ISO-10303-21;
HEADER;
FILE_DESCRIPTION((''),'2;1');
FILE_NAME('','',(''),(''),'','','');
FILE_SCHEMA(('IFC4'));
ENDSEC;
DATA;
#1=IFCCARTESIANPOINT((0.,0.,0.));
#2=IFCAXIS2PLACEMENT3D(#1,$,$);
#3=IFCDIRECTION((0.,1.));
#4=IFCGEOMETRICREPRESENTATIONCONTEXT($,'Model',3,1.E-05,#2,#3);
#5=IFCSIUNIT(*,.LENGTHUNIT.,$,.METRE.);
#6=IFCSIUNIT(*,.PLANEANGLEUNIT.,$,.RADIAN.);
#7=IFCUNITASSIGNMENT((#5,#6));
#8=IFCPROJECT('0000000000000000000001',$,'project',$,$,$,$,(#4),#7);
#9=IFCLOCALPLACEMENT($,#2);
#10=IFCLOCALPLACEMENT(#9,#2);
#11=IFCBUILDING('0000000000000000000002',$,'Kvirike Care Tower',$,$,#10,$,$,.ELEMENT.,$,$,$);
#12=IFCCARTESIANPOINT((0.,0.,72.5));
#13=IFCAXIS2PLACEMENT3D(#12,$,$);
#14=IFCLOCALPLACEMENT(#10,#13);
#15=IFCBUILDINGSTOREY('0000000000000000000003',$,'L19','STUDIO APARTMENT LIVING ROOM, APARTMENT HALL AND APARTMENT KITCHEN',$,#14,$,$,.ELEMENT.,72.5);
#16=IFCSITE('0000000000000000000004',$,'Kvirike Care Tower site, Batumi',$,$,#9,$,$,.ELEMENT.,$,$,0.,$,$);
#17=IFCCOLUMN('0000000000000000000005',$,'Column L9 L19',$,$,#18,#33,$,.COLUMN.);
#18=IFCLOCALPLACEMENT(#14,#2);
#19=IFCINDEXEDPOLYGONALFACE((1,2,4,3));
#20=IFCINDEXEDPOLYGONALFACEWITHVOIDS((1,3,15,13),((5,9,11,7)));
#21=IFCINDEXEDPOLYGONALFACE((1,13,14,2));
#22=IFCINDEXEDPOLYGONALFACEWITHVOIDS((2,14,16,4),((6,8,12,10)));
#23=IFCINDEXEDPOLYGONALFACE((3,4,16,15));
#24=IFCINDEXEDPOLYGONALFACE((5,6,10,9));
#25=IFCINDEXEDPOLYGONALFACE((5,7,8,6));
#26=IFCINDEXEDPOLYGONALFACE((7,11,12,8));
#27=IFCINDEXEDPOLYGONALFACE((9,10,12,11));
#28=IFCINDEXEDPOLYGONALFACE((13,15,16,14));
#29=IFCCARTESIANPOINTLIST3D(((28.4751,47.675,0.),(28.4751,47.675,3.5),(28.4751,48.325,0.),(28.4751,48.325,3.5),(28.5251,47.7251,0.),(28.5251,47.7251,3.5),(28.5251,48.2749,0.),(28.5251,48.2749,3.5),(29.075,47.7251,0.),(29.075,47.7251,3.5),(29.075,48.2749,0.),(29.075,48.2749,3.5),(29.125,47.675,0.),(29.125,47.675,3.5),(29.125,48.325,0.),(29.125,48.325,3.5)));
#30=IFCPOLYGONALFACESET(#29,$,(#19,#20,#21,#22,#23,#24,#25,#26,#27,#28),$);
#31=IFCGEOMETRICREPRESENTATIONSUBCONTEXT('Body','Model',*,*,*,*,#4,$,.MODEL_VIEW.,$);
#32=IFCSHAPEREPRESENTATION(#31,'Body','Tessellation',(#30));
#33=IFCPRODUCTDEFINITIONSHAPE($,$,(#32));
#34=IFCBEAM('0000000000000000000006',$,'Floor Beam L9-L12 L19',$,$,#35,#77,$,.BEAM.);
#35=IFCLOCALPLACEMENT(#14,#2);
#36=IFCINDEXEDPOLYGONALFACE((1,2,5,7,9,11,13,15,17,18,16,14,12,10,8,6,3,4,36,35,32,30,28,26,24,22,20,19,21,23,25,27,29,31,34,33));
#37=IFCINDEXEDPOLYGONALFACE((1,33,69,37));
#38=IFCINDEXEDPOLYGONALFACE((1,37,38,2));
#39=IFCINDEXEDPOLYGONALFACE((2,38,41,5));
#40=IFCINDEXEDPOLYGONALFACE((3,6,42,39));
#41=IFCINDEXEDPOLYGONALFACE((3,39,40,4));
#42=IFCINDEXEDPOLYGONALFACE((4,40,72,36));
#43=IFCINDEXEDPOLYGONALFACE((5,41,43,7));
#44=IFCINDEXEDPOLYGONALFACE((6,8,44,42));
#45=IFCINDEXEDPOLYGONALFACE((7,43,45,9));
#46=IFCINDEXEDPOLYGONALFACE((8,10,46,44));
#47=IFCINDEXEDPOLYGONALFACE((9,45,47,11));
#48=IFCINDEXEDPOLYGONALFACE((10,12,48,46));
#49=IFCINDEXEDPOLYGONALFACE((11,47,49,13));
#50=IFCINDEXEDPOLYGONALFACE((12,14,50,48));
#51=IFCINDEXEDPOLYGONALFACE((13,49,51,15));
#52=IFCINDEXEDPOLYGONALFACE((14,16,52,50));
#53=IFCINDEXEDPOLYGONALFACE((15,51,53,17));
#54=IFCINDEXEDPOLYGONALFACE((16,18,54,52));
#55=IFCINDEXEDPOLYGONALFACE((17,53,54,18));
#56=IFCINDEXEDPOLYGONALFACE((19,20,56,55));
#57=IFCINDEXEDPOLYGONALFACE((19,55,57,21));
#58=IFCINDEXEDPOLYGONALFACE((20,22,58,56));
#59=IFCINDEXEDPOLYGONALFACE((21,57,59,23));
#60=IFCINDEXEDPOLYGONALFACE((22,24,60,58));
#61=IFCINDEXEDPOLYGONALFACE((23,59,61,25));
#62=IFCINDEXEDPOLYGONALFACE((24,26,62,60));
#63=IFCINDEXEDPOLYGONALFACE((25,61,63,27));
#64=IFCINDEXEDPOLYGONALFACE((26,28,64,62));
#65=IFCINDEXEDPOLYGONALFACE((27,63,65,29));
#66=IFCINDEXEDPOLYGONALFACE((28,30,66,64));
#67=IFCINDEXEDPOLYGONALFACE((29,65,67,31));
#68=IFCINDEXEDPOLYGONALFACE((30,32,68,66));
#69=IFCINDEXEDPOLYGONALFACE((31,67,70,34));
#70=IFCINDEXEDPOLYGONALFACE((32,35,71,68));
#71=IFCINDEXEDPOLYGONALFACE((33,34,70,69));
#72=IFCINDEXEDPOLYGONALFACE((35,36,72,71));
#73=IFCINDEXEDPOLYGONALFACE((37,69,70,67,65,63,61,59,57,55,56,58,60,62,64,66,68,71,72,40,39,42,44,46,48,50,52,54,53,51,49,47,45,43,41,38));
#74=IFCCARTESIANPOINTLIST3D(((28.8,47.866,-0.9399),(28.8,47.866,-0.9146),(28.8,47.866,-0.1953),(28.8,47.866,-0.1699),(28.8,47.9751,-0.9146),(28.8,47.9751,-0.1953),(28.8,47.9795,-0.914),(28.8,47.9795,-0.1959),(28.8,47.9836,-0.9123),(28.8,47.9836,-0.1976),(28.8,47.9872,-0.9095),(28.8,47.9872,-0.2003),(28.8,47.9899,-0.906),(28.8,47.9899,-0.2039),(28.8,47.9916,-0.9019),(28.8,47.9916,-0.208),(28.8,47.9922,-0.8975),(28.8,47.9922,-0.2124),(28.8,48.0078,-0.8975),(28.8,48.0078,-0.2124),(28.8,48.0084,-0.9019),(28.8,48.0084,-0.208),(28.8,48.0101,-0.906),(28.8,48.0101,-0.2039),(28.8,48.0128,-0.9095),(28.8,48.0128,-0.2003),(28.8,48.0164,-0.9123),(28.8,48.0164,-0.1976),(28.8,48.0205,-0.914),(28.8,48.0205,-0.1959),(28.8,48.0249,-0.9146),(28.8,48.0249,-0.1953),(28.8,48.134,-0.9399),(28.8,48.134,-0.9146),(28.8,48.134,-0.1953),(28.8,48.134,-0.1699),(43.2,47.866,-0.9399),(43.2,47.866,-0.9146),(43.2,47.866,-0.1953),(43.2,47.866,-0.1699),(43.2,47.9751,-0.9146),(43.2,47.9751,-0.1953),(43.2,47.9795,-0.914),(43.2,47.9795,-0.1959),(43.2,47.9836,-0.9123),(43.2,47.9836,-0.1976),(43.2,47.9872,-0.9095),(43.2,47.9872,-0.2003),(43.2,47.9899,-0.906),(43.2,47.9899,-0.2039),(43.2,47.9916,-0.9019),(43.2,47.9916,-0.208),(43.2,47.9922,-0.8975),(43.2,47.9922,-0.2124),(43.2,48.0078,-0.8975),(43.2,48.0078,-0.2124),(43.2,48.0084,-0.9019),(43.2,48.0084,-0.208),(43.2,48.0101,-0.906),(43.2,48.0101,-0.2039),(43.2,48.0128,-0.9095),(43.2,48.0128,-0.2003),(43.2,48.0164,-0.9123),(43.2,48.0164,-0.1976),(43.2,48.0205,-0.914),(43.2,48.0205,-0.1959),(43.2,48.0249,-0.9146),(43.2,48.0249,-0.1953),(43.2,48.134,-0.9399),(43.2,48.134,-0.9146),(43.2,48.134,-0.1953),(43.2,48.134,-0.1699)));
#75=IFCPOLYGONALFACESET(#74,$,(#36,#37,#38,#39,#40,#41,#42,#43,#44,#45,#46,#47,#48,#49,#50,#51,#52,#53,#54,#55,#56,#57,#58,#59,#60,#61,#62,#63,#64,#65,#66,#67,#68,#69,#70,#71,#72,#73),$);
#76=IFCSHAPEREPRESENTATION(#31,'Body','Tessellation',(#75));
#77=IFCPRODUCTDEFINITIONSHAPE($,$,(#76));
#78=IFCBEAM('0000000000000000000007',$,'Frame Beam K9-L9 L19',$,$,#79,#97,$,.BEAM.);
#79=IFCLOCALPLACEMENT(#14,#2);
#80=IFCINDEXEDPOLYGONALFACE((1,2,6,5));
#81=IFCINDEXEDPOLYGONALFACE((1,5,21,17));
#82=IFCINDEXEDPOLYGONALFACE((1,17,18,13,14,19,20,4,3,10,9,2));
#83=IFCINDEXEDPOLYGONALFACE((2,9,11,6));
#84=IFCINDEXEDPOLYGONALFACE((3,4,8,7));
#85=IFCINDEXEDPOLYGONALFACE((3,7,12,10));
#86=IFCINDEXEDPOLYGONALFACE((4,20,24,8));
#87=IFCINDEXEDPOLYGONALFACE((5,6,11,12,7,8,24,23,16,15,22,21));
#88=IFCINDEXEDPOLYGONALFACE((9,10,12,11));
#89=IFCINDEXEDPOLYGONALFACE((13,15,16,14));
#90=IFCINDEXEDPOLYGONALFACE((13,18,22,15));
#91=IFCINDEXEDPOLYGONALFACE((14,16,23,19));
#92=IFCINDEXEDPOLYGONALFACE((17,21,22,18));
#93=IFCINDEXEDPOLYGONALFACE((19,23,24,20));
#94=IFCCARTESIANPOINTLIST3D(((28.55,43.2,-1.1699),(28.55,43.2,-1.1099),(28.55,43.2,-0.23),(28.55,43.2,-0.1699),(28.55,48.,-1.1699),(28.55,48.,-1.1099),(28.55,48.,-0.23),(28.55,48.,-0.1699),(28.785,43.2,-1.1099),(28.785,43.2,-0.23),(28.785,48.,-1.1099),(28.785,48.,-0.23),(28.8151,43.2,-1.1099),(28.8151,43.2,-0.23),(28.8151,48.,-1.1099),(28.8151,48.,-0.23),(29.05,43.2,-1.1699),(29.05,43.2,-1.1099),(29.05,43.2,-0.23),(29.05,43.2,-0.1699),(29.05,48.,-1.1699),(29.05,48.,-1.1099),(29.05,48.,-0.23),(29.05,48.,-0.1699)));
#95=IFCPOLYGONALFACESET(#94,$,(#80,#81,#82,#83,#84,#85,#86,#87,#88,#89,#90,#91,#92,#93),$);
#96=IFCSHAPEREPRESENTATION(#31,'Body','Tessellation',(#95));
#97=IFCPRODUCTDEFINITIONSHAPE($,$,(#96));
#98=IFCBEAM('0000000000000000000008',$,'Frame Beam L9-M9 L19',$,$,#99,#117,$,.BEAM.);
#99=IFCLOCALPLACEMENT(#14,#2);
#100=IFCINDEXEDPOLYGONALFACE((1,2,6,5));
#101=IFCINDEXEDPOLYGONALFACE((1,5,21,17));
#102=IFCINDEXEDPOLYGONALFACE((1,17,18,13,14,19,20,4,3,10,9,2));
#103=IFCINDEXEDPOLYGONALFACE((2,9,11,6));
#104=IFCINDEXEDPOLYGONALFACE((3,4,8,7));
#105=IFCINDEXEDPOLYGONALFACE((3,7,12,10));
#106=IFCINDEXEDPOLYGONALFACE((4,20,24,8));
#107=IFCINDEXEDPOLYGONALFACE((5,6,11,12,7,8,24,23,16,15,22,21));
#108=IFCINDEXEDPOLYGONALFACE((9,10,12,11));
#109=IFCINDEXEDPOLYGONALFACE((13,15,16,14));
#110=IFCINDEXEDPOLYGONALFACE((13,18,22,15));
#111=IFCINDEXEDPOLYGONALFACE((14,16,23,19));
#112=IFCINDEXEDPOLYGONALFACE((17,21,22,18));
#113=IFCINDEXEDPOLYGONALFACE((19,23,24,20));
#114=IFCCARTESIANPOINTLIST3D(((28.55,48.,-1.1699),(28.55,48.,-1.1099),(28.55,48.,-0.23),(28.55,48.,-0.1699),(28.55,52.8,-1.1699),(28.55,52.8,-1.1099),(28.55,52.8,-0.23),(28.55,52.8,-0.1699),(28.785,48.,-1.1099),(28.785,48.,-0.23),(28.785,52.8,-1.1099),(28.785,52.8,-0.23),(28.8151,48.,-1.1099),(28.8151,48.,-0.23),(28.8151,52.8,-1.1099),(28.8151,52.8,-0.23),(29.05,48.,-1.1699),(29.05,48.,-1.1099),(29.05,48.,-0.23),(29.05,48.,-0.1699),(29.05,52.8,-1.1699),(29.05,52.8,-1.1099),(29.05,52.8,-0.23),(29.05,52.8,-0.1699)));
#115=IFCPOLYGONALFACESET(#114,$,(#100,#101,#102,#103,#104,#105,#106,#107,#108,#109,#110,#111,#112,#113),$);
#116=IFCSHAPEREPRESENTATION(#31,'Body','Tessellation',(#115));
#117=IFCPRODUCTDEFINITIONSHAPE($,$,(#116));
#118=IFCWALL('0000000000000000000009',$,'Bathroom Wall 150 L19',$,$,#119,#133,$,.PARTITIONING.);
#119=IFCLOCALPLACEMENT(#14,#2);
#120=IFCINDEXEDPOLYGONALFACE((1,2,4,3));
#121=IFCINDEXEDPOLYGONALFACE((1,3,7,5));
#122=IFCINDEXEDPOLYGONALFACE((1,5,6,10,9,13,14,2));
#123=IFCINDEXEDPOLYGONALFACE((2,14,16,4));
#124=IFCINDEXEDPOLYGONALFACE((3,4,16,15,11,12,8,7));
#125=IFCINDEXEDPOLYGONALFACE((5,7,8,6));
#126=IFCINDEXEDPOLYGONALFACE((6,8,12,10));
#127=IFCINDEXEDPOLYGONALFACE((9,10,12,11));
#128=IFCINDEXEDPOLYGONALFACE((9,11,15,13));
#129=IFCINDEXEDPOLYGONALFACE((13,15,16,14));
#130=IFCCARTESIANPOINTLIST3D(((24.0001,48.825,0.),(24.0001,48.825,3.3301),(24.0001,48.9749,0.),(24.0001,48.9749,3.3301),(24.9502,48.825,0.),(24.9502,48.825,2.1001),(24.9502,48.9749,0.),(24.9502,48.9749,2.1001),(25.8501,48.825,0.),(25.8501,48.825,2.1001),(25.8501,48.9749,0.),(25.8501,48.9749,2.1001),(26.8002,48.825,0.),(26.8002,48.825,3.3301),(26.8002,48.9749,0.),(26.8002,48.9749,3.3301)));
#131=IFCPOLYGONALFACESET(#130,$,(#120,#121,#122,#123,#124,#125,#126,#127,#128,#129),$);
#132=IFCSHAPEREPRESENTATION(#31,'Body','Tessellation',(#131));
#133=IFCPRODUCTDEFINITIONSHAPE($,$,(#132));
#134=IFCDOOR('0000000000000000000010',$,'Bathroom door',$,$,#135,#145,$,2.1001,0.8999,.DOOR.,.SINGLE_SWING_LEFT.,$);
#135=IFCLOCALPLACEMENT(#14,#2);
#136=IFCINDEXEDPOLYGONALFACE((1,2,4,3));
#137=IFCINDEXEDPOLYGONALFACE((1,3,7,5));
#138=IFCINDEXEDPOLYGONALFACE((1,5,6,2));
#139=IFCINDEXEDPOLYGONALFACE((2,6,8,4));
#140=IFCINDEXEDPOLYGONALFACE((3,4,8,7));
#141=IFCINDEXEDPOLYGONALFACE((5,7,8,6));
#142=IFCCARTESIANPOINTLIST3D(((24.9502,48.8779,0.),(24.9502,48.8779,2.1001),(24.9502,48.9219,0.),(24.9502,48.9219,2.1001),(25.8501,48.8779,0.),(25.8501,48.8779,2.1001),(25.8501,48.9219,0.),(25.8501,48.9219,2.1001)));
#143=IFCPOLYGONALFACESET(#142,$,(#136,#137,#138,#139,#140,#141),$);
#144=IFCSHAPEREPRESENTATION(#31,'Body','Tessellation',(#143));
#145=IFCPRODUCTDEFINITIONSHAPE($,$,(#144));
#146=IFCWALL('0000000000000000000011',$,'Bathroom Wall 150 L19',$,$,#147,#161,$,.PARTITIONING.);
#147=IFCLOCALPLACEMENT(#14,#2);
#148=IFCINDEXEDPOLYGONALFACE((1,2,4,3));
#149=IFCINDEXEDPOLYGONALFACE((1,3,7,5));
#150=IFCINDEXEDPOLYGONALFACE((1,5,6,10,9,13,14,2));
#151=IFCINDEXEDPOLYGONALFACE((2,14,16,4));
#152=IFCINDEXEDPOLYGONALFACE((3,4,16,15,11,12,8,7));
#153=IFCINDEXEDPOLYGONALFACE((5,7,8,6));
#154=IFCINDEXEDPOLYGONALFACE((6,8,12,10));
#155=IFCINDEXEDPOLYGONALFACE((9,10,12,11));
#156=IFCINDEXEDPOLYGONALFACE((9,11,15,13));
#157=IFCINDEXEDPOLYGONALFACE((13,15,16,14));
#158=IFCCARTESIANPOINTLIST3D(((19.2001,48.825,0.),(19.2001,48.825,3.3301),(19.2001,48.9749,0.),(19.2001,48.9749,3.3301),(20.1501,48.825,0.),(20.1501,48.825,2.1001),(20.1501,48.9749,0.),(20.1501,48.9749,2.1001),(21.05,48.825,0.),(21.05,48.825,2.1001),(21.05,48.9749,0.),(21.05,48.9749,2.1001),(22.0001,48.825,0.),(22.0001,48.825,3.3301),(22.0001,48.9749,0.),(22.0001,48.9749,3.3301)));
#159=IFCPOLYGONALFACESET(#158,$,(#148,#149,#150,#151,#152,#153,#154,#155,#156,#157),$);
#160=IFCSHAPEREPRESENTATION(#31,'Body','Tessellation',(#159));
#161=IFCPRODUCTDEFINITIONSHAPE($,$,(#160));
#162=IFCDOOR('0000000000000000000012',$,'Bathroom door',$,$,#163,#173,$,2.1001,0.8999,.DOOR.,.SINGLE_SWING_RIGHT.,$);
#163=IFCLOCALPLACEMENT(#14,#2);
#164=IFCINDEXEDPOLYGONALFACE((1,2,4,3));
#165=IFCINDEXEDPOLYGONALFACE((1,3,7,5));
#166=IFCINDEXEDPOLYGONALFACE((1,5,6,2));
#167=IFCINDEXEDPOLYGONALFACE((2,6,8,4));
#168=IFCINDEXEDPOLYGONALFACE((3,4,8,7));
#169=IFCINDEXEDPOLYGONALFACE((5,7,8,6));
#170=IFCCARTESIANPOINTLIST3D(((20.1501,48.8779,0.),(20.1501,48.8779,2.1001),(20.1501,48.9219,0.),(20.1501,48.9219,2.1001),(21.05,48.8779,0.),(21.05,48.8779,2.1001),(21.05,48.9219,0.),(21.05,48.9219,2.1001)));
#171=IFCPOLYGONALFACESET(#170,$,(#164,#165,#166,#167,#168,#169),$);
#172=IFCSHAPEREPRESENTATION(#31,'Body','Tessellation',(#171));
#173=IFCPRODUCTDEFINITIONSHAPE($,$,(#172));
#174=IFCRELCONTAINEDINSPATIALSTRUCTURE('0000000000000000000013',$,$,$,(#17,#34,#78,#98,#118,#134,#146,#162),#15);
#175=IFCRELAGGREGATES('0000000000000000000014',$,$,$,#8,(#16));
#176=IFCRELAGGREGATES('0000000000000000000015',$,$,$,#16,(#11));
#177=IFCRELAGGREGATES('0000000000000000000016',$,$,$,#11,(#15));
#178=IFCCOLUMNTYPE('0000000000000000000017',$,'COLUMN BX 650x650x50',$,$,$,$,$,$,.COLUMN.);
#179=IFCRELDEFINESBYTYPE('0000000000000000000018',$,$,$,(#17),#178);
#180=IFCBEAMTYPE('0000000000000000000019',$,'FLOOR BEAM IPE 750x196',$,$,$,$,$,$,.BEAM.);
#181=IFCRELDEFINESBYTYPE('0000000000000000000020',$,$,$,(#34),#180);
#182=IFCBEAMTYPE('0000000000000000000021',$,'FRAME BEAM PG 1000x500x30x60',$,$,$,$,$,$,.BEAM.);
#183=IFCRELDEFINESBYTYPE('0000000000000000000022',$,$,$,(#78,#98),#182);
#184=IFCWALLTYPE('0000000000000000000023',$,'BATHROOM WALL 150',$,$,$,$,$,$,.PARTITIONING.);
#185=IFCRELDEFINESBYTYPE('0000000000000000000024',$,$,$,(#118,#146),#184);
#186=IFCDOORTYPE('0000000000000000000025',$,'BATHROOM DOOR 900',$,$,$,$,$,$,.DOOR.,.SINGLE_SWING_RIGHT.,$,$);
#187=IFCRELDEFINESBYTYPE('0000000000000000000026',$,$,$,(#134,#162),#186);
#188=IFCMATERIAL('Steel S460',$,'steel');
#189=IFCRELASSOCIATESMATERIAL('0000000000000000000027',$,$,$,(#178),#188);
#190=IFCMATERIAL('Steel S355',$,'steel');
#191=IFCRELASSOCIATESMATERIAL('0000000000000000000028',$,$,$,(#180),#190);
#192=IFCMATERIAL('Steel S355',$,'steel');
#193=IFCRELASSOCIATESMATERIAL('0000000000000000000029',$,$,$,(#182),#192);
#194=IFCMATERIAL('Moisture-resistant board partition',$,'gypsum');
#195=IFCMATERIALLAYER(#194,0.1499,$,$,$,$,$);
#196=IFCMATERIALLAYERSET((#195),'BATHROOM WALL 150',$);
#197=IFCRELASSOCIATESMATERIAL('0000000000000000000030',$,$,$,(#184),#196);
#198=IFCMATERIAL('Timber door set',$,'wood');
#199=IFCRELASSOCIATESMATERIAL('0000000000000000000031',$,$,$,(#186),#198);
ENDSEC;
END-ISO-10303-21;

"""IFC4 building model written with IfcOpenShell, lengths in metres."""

from ifc_helpers import new_model, si_unit, direction, frame, frame_2d, origin, origin_2d, place, context, subcontext, project, spatial, rectangle, hollow_rectangle, i_section, extrude, material, layer, layer_set, material_profile, profile_set, type_object, element, fill, save


model = new_model("IFC4")

# Units and contexts
model_context = context("Model", 3, precision=1e-05, world=origin(), true_north=direction((0.0, 1.0)))
body_context = subcontext(model_context, "Body", "Model", "MODEL_VIEW")
ifc_project = project(units=[si_unit("LENGTHUNIT", "METRE"), si_unit("PLANEANGLEUNIT", "RADIAN")], contexts=[model_context])

# Site, building, storey
site_placement = place(None, origin())
site = spatial("IfcSite", under=ifc_project, at=site_placement, Name="Kvirike Care Tower site, Batumi", CompositionType="ELEMENT", RefElevation=0.0)
building_placement = place(site_placement, origin())
building = spatial("IfcBuilding", under=site, at=building_placement, Name="Kvirike Care Tower", CompositionType="ELEMENT")
storey_placement = place(building_placement, frame((0.0, 0.0, 72.5)))
storey = spatial("IfcBuildingStorey", under=building, at=storey_placement, Name="L19", Description="STUDIO APARTMENT LIVING ROOM, APARTMENT HALL AND APARTMENT KITCHEN", CompositionType="ELEMENT", Elevation=72.5)

# Column
ifc_material_1 = material(Name="Steel S460", Category="steel")
ifc_material_profile_1 = material_profile(ifc_material_1, hollow_rectangle(XDim=0.6499, YDim=0.6499, WallThickness=0.05, at=origin_2d()), Name="BX 650x650x50")
ifc_profile_set_1 = profile_set([ifc_material_profile_1], Name="Steel S460")
column_type = type_object("IfcColumnType", Name="COLUMN BX 650x650x50", PredefinedType="COLUMN", material=ifc_profile_set_1)
column_placement = place(storey_placement, frame((28.8, 48.0, 0.0), z_axis=(0.0, 0.0, 1.0), x_axis=(1.0, 0.0, 0.0)))
element("IfcColumn", 1, at=column_placement, inside=storey, type_object=column_type, Name="Column L9 L19", PredefinedType="COLUMN", context=body_context, shape_type="SweptSolid", body=[
    extrude(hollow_rectangle(XDim=0.6499, YDim=0.6499, WallThickness=0.05, at=origin_2d()), origin(), (0.0, 0.0, 1.0), 3.5),
])

# Beams
ifc_material_2 = material(Name="Steel S355", Category="steel")
ifc_material_profile_2 = material_profile(ifc_material_2, i_section(OverallWidth=0.2681, OverallDepth=0.77, WebThickness=0.0156, FlangeThickness=0.0254, FilletRadius=0.0171, at=origin_2d()), Name="IPE 750x196")
ifc_profile_set_2 = profile_set([ifc_material_profile_2], Name="Steel S355")
beam_type_1 = type_object("IfcBeamType", Name="FLOOR BEAM IPE 750x196", PredefinedType="BEAM", material=ifc_profile_set_2)
beam_placement = place(storey_placement, frame((28.8, 48.0, -0.5549), z_axis=(1.0, 0.0, 0.0), x_axis=(0.0, 1.0, 0.0)))
element("IfcBeam", 2, at=beam_placement, inside=storey, type_object=beam_type_1, Name="Floor Beam L9-L12 L19", PredefinedType="BEAM", context=body_context, shape_type="SweptSolid", body=[
    extrude(i_section(OverallWidth=0.2681, OverallDepth=0.77, WebThickness=0.0156, FlangeThickness=0.0254, FilletRadius=0.0171, at=origin_2d()), origin(), (0.0, 0.0, 1.0), 14.3999),
])
ifc_material_3 = material(Name="Steel S355", Category="steel")
ifc_material_profile_3 = material_profile(ifc_material_3, i_section(OverallWidth=0.5, OverallDepth=1.0, WebThickness=0.03, FlangeThickness=0.0601, at=origin_2d()), Name="PG 1000x500x30x60")
ifc_profile_set_3 = profile_set([ifc_material_profile_3], Name="Steel S355")
beam_type_2 = type_object("IfcBeamType", Name="FRAME BEAM PG 1000x500x30x60", PredefinedType="BEAM", material=ifc_profile_set_3)
for number, where, z_axis, x_axis, name in (
    (3, (28.8, 43.2, -0.6699), (0.0, 1.0, 0.0), (-1.0, 0.0, 0.0), "Frame Beam K9-L9 L19"),
    (4, (28.8, 48.0, -0.6699), (0.0, 1.0, 0.0), (-1.0, 0.0, 0.0), "Frame Beam L9-M9 L19"),
):
    element("IfcBeam", number, at=place(storey_placement, frame(where, z_axis=z_axis, x_axis=x_axis)), inside=storey, type_object=beam_type_2, Name=name, PredefinedType="BEAM", context=body_context, shape_type="SweptSolid", body=[
        extrude(i_section(OverallWidth=0.5, OverallDepth=1.0, WebThickness=0.03, FlangeThickness=0.0601, at=origin_2d()), origin(), (0.0, 0.0, 1.0), 4.8),
    ])

# Walls, openings, doors
ifc_material_4 = material(Name="Moisture-resistant board partition", Category="gypsum")
ifc_layer_1 = layer(ifc_material_4, 0.1499)
ifc_layer_set_1 = layer_set([ifc_layer_1], Name="BATHROOM WALL 150")
wall_type_1 = type_object("IfcWallType", Name="BATHROOM WALL 150", PredefinedType="PARTITIONING", material=ifc_layer_set_1)
wall_1_placement = place(storey_placement, frame((26.8, 48.8999, 0.0), z_axis=(0.0, 0.0, 1.0), x_axis=(-1.0, 0.0, 0.0)))
wall_1 = element("IfcWall", 5, at=wall_1_placement, inside=storey, type_object=wall_type_1, Name="Bathroom Wall 150 L19", PredefinedType="PARTITIONING", context=body_context, shape_type="SweptSolid", body=[
    extrude(rectangle(XDim=2.8, YDim=0.1499, at=frame_2d((1.3999, 0.0))), origin(), (0.0, 0.0, 1.0), 3.3301),
])
opening_1_placement = place(wall_1_placement, frame((0.95, 0.0, 0.0)))
opening_1 = element("IfcOpeningElement", 6, at=opening_1_placement, cuts=wall_1, PredefinedType="OPENING", context=body_context, shape_type="SweptSolid", body=[
    extrude(rectangle(XDim=0.8999, YDim=2.1001, at=frame_2d((0.45, 1.05))), frame((0.0, 0.0854, 0.0), z_axis=(0.0, -1.0, 0.0), x_axis=(1.0, 0.0, 0.0)), (0.0, 0.0, 1.0), 0.1709),
])
ifc_material_5 = material(Name="Timber door set", Category="wood")
door_type_1 = type_object("IfcDoorType", Name="BATHROOM DOOR 900", OperationType="SINGLE_SWING_RIGHT", PredefinedType="DOOR", material=ifc_material_5)
door_1_placement = place(opening_1_placement, frame((0.8999, 0.0, 0.0), z_axis=(0.0, 0.0, 1.0), x_axis=(-1.0, 0.0, 0.0)))
door_1 = element("IfcDoor", 7, at=door_1_placement, inside=storey, type_object=door_type_1, Name="Bathroom door", OperationType="SINGLE_SWING_LEFT", OverallHeight=2.1001, OverallWidth=0.8999, PredefinedType="DOOR", context=body_context, shape_type="SweptSolid", body=[
    extrude(rectangle(XDim=0.8999, YDim=2.1001, at=frame_2d((0.45, 1.05))), frame((0.0, 0.022, 0.0), z_axis=(0.0, -1.0, 0.0), x_axis=(1.0, 0.0, 0.0)), (0.0, 0.0, 1.0), 0.0439),
])
fill(opening_1, door_1)
wall_2_placement = place(storey_placement, frame((22.0, 48.8999, 0.0), z_axis=(0.0, 0.0, 1.0), x_axis=(-1.0, 0.0, 0.0)))
wall_2 = element("IfcWall", 8, at=wall_2_placement, inside=storey, type_object=wall_type_1, Name="Bathroom Wall 150 L19", PredefinedType="PARTITIONING", context=body_context, shape_type="SweptSolid", body=[
    extrude(rectangle(XDim=2.8, YDim=0.1499, at=frame_2d((1.3999, 0.0))), origin(), (0.0, 0.0, 1.0), 3.3301),
])
opening_2_placement = place(wall_2_placement, frame((0.95, 0.0, 0.0)))
opening_2 = element("IfcOpeningElement", 9, at=opening_2_placement, cuts=wall_2, PredefinedType="OPENING", context=body_context, shape_type="SweptSolid", body=[
    extrude(rectangle(XDim=0.8999, YDim=2.1001, at=frame_2d((0.45, 1.05))), frame((0.0, 0.0854, 0.0), z_axis=(0.0, -1.0, 0.0), x_axis=(1.0, 0.0, 0.0)), (0.0, 0.0, 1.0), 0.1709),
])
door_2_placement = place(opening_2_placement, frame((0.8999, 0.0, 0.0), z_axis=(0.0, 0.0, 1.0), x_axis=(-1.0, 0.0, 0.0)))
door_2 = element("IfcDoor", 10, at=door_2_placement, inside=storey, type_object=door_type_1, Name="Bathroom door", OperationType="SINGLE_SWING_RIGHT", OverallHeight=2.1001, OverallWidth=0.8999, PredefinedType="DOOR", context=body_context, shape_type="SweptSolid", body=[
    extrude(rectangle(XDim=0.8999, YDim=2.1001, at=frame_2d((0.45, 1.05))), frame((0.0, 0.022, 0.0), z_axis=(0.0, -1.0, 0.0), x_axis=(1.0, 0.0, 0.0)), (0.0, 0.0, 1.0), 0.0439),
])
fill(opening_2, door_2)

save(model, "model.ifc")
